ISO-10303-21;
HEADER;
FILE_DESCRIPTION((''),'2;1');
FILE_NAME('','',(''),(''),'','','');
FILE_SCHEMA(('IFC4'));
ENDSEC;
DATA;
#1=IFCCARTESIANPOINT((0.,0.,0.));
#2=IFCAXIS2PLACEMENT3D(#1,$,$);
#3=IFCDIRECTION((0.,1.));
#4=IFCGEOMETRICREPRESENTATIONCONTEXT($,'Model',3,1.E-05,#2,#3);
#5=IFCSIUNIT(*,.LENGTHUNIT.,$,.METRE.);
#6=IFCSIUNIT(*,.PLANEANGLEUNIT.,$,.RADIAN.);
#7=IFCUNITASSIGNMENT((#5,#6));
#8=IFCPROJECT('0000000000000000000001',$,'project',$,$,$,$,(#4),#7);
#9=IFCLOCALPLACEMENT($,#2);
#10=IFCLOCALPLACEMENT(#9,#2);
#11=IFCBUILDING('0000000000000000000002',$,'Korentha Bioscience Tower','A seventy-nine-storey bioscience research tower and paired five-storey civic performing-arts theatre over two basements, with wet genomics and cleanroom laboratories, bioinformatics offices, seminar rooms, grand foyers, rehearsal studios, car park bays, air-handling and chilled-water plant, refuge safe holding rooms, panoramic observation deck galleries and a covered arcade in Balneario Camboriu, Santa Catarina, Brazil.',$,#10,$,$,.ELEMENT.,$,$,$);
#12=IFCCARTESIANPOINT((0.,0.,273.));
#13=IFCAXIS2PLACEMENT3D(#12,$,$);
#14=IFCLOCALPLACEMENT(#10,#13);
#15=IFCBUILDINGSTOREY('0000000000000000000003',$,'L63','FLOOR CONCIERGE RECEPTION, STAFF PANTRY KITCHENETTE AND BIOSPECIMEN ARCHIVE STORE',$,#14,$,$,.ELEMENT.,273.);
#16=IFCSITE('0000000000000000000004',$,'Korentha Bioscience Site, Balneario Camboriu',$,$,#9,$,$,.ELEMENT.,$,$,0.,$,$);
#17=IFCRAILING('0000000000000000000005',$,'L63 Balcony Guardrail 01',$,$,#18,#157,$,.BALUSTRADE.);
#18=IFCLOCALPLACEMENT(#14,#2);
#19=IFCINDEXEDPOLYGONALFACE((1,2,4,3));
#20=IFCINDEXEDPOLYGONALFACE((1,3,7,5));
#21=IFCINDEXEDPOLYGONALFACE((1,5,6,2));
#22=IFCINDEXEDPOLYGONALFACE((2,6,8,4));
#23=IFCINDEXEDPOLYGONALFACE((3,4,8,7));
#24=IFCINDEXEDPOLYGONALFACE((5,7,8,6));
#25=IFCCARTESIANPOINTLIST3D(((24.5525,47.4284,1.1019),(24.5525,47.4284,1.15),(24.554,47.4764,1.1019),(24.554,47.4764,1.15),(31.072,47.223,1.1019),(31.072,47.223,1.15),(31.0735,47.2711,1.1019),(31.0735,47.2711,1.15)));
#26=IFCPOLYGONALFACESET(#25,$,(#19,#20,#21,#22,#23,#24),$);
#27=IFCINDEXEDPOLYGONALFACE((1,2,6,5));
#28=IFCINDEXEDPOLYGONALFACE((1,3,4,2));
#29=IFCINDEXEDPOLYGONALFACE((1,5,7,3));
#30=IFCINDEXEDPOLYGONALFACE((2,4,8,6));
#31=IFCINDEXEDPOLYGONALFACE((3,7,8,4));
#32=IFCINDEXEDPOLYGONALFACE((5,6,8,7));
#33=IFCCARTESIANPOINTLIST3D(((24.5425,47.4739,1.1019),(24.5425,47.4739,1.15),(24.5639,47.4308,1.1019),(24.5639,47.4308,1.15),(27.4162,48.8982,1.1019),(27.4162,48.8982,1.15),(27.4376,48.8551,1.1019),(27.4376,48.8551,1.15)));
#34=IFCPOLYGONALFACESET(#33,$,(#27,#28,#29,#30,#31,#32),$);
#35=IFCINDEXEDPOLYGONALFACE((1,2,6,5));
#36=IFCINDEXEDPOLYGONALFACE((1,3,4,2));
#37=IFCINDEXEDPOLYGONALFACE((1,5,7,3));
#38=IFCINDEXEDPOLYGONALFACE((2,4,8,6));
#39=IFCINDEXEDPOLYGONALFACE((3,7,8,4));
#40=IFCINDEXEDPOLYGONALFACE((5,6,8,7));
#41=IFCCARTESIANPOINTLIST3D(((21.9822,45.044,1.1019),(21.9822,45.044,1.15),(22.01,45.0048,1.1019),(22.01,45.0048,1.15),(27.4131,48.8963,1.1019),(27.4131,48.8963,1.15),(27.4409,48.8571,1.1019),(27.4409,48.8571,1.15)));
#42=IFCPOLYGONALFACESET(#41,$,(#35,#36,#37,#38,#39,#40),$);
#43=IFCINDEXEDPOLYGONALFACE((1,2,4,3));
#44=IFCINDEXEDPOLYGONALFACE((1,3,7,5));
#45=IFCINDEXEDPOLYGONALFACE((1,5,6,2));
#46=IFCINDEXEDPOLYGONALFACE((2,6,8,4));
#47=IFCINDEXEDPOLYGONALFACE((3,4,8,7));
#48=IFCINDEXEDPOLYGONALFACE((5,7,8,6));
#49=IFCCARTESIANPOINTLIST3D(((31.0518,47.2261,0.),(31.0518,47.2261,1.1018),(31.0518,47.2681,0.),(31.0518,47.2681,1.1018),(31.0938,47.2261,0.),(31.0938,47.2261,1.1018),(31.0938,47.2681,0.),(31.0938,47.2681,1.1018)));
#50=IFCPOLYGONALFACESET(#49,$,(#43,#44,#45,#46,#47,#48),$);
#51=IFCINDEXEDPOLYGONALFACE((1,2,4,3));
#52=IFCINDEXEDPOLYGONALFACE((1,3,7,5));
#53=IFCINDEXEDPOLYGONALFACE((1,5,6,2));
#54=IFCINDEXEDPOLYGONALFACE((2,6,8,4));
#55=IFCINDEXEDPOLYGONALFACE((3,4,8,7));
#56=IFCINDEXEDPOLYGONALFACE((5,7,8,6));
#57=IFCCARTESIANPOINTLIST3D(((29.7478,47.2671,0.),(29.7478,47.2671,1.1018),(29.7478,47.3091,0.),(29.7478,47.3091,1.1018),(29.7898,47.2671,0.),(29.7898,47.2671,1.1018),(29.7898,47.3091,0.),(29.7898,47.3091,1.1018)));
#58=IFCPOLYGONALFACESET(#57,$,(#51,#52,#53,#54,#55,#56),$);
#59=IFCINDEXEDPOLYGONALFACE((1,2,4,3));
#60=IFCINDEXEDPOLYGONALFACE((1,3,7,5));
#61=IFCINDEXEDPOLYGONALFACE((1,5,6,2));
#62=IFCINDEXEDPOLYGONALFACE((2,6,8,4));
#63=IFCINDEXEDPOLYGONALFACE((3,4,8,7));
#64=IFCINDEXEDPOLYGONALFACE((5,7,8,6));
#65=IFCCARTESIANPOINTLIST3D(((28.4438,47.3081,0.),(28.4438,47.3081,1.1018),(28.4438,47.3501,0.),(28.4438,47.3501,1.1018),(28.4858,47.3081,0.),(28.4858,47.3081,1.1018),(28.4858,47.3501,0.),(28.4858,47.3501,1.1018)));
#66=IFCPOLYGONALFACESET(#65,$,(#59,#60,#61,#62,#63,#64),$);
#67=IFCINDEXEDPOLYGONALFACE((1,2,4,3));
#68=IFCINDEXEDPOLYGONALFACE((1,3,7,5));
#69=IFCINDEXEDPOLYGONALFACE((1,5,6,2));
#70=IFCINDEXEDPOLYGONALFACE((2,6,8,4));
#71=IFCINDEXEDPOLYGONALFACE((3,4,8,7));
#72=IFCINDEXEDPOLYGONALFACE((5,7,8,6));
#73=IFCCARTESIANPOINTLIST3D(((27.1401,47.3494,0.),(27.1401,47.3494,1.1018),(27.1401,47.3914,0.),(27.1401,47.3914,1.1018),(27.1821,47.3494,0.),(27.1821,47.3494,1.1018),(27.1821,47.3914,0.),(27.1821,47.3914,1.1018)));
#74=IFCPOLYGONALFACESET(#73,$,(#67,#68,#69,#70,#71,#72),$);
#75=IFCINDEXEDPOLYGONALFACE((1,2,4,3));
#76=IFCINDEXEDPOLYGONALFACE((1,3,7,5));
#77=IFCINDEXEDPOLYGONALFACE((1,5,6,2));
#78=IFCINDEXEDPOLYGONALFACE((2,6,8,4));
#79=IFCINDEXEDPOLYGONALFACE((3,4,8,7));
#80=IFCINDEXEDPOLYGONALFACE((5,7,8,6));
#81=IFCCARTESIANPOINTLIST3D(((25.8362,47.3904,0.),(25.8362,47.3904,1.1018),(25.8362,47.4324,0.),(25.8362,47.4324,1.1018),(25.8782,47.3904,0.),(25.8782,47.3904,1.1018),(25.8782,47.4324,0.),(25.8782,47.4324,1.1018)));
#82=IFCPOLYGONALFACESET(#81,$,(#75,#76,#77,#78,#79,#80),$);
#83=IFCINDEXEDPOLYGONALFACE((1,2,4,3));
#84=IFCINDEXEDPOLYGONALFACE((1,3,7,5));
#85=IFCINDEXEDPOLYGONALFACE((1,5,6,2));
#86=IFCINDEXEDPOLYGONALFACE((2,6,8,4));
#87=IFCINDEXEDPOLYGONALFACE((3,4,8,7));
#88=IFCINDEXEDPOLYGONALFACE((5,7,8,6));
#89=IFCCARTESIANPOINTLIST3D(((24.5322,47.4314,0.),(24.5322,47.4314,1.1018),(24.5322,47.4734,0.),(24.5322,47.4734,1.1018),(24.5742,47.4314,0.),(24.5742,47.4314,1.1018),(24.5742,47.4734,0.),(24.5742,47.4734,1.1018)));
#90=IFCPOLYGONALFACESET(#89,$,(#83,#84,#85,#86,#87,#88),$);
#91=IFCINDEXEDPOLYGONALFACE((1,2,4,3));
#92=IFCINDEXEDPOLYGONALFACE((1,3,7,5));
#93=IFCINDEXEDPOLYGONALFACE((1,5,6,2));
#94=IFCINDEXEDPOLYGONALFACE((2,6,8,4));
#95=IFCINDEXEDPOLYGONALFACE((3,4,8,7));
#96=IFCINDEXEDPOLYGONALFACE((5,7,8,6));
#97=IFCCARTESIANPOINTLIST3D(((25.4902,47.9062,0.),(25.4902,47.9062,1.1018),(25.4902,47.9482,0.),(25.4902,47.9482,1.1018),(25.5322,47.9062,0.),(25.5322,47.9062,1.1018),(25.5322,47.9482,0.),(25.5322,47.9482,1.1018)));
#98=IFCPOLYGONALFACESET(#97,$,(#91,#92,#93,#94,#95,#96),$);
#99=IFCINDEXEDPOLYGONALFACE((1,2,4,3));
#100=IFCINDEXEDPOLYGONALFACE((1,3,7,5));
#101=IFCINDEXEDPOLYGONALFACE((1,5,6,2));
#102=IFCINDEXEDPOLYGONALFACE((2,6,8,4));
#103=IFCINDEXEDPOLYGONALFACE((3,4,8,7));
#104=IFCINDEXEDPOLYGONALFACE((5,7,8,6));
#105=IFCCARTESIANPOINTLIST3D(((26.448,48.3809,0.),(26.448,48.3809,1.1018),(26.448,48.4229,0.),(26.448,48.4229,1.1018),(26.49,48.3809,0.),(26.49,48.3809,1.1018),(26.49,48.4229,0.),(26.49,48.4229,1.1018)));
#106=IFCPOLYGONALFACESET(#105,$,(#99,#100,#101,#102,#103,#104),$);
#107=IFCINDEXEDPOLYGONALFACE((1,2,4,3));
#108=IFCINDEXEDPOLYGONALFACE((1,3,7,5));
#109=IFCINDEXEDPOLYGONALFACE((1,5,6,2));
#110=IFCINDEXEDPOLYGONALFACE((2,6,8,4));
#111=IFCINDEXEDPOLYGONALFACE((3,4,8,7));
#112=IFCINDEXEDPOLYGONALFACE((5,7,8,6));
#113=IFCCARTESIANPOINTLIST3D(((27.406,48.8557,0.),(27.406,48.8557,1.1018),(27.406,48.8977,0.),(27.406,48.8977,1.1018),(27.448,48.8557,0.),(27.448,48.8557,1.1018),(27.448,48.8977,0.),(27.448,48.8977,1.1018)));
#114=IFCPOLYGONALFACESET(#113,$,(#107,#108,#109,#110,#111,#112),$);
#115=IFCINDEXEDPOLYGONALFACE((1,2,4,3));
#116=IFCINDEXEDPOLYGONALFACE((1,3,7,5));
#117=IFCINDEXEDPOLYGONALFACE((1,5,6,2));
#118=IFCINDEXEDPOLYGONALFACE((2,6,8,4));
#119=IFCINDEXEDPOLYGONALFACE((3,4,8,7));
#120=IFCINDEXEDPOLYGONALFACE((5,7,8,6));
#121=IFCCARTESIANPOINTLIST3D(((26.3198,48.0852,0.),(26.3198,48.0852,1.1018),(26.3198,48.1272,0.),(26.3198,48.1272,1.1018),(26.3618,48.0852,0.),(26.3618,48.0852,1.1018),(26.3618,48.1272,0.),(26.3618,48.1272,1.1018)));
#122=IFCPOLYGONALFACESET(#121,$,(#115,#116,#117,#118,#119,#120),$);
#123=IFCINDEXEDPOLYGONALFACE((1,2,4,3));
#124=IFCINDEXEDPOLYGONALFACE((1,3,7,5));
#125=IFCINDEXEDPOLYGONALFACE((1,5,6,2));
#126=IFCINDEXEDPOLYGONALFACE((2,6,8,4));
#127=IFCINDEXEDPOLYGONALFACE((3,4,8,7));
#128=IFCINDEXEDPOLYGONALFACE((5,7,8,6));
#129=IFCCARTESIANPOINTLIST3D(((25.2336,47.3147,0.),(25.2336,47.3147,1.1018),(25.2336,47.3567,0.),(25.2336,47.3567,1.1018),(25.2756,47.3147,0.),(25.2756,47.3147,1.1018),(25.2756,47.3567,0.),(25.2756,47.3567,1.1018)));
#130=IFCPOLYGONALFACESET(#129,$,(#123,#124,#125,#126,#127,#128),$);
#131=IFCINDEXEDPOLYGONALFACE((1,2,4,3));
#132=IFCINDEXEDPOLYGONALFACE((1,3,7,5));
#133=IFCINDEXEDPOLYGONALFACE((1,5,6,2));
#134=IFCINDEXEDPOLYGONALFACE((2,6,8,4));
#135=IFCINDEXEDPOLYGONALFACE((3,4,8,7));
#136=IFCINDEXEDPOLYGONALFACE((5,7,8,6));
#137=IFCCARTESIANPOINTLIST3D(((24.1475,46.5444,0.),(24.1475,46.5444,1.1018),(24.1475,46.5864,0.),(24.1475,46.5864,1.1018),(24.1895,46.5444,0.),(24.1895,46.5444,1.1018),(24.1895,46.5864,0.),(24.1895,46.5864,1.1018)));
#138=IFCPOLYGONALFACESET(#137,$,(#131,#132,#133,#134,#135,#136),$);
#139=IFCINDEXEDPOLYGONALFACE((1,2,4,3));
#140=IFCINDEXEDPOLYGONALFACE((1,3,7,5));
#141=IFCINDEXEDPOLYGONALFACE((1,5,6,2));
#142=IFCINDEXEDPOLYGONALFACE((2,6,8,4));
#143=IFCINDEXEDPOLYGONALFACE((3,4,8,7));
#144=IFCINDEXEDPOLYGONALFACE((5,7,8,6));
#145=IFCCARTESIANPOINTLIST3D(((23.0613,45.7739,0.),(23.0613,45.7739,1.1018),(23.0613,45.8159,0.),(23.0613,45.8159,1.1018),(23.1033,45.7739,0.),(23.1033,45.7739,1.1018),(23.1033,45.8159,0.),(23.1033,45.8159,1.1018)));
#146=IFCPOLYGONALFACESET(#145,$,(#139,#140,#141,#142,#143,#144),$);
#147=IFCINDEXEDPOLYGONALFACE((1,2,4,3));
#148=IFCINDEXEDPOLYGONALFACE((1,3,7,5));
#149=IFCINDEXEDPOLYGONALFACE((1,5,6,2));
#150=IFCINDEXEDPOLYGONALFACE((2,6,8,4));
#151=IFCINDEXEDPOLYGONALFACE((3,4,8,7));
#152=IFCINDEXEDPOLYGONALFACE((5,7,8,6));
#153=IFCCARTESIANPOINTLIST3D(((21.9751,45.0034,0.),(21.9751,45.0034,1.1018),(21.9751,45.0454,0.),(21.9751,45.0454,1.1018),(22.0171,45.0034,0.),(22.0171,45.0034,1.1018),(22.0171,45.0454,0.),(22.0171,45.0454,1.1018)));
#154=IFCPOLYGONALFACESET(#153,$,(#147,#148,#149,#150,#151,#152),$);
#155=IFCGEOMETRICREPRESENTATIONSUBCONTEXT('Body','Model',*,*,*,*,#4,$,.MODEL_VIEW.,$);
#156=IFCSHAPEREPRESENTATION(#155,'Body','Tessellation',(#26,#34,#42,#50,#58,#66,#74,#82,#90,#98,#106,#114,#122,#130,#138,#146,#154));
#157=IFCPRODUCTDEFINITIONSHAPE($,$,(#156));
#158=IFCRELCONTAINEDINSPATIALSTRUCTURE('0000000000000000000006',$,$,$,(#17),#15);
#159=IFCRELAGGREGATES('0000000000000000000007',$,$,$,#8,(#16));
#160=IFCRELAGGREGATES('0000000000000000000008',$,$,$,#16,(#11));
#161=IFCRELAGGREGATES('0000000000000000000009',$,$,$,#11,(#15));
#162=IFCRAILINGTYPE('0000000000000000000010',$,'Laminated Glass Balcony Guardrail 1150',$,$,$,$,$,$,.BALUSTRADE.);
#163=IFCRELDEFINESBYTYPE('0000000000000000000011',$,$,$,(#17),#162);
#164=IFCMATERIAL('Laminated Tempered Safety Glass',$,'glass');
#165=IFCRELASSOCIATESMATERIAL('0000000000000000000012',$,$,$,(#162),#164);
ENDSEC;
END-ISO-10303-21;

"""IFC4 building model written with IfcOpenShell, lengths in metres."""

from ifc_helpers import new_model, si_unit, direction, frame, origin, origin_2d, place, context, subcontext, project, spatial, rectangle, extrude, material, type_object, element, save


model = new_model("IFC4")

# Units and contexts
model_context = context("Model", 3, precision=1e-05, world=origin(), true_north=direction((0.0, 1.0)))
body_context = subcontext(model_context, "Body", "Model", "MODEL_VIEW")
ifc_project = project(units=[si_unit("LENGTHUNIT", "METRE"), si_unit("PLANEANGLEUNIT", "RADIAN")], contexts=[model_context])

# Site, building, storey
site_placement = place(None, origin())
site = spatial("IfcSite", under=ifc_project, at=site_placement, Name="Korentha Bioscience Site, Balneario Camboriu", CompositionType="ELEMENT", RefElevation=0.0)
building_placement = place(site_placement, origin())
building = spatial("IfcBuilding", under=site, at=building_placement, Name="Korentha Bioscience Tower", Description="A seventy-nine-storey bioscience research tower and paired five-storey civic performing-arts theatre over two basements, with wet genomics and cleanroom laboratories, bioinformatics offices, seminar rooms, grand foyers, rehearsal studios, car park bays, air-handling and chilled-water plant, refuge safe holding rooms, panoramic observation deck galleries and a covered arcade in Balneario Camboriu, Santa Catarina, Brazil.", CompositionType="ELEMENT")
storey_placement = place(building_placement, frame((0.0, 0.0, 273.0)))
storey = spatial("IfcBuildingStorey", under=building, at=storey_placement, Name="L63", Description="FLOOR CONCIERGE RECEPTION, STAFF PANTRY KITCHENETTE AND BIOSPECIMEN ARCHIVE STORE", CompositionType="ELEMENT", Elevation=273.0)

# Railing
ifc_material_1 = material(Name="Laminated Tempered Safety Glass", Category="glass")
railing_type = type_object("IfcRailingType", Name="Laminated Glass Balcony Guardrail 1150", PredefinedType="BALUSTRADE", material=ifc_material_1)
railing_placement = place(storey_placement, frame((31.0728, 47.2471, 0.0)))
element("IfcRailing", 1, at=railing_placement, inside=storey, type_object=railing_type, Name="L63 Balcony Guardrail 01", PredefinedType="BALUSTRADE", context=body_context, shape_type="SweptSolid", body=[
    extrude(rectangle(XDim=0.0481, YDim=0.0481, at=origin_2d()), frame((0.0, 0.0, 1.126), z_axis=(-0.999504, 0.031478, 0.0), x_axis=(-0.031478, -0.999504, 0.0)), (0.0, 0.0, 1.0), 6.5227),
    extrude(rectangle(XDim=0.0481, YDim=0.0481, at=origin_2d()), frame((-6.5195, 0.2053, 1.126), z_axis=(0.89599, 0.444075, 0.0), x_axis=(-0.444075, 0.89599, 0.0)), (0.0, 0.0, 1.0), 3.2073),
    extrude(rectangle(XDim=0.0481, YDim=0.0481, at=origin_2d()), frame((-3.6458, 1.6296, 1.126), z_axis=(-0.815642, -0.578557, 0.0), x_axis=(0.578557, -0.815642, 0.0)), (0.0, 0.0, 1.0), 6.6584),
    extrude(rectangle(XDim=0.042, YDim=0.042, at=origin_2d()), origin(), (0.0, 0.0, 1.0), 1.1018),
    extrude(rectangle(XDim=0.042, YDim=0.042, at=origin_2d()), frame((-1.304, 0.041, 0.0)), (0.0, 0.0, 1.0), 1.1018),
    extrude(rectangle(XDim=0.042, YDim=0.042, at=origin_2d()), frame((-2.6079, 0.082, 0.0)), (0.0, 0.0, 1.0), 1.1018),
    extrude(rectangle(XDim=0.042, YDim=0.042, at=origin_2d()), frame((-3.9116, 0.1233, 0.0)), (0.0, 0.0, 1.0), 1.1018),
    extrude(rectangle(XDim=0.042, YDim=0.042, at=origin_2d()), frame((-5.2156, 0.1643, 0.0)), (0.0, 0.0, 1.0), 1.1018),
    extrude(rectangle(XDim=0.042, YDim=0.042, at=origin_2d()), frame((-6.5195, 0.2053, 0.0)), (0.0, 0.0, 1.0), 1.1018),
    extrude(rectangle(XDim=0.042, YDim=0.042, at=origin_2d()), frame((-5.5615, 0.6802, 0.0)), (0.0, 0.0, 1.0), 1.1018),
    extrude(rectangle(XDim=0.042, YDim=0.042, at=origin_2d()), frame((-4.6038, 1.1548, 0.0)), (0.0, 0.0, 1.0), 1.1018),
    extrude(rectangle(XDim=0.042, YDim=0.042, at=origin_2d()), frame((-3.6458, 1.6296, 0.0)), (0.0, 0.0, 1.0), 1.1018),
    extrude(rectangle(XDim=0.042, YDim=0.042, at=origin_2d()), frame((-4.7319, 0.8591, 0.0)), (0.0, 0.0, 1.0), 1.1018),
    extrude(rectangle(XDim=0.042, YDim=0.042, at=origin_2d()), frame((-5.8181, 0.0886, 0.0)), (0.0, 0.0, 1.0), 1.1018),
    extrude(rectangle(XDim=0.042, YDim=0.042, at=origin_2d()), frame((-6.9043, -0.6816, 0.0)), (0.0, 0.0, 1.0), 1.1018),
    extrude(rectangle(XDim=0.042, YDim=0.042, at=origin_2d()), frame((-7.9905, -1.4521, 0.0)), (0.0, 0.0, 1.0), 1.1018),
    extrude(rectangle(XDim=0.042, YDim=0.042, at=origin_2d()), frame((-9.0767, -2.2227, 0.0)), (0.0, 0.0, 1.0), 1.1018),
])

save(model, "model.ifc")
